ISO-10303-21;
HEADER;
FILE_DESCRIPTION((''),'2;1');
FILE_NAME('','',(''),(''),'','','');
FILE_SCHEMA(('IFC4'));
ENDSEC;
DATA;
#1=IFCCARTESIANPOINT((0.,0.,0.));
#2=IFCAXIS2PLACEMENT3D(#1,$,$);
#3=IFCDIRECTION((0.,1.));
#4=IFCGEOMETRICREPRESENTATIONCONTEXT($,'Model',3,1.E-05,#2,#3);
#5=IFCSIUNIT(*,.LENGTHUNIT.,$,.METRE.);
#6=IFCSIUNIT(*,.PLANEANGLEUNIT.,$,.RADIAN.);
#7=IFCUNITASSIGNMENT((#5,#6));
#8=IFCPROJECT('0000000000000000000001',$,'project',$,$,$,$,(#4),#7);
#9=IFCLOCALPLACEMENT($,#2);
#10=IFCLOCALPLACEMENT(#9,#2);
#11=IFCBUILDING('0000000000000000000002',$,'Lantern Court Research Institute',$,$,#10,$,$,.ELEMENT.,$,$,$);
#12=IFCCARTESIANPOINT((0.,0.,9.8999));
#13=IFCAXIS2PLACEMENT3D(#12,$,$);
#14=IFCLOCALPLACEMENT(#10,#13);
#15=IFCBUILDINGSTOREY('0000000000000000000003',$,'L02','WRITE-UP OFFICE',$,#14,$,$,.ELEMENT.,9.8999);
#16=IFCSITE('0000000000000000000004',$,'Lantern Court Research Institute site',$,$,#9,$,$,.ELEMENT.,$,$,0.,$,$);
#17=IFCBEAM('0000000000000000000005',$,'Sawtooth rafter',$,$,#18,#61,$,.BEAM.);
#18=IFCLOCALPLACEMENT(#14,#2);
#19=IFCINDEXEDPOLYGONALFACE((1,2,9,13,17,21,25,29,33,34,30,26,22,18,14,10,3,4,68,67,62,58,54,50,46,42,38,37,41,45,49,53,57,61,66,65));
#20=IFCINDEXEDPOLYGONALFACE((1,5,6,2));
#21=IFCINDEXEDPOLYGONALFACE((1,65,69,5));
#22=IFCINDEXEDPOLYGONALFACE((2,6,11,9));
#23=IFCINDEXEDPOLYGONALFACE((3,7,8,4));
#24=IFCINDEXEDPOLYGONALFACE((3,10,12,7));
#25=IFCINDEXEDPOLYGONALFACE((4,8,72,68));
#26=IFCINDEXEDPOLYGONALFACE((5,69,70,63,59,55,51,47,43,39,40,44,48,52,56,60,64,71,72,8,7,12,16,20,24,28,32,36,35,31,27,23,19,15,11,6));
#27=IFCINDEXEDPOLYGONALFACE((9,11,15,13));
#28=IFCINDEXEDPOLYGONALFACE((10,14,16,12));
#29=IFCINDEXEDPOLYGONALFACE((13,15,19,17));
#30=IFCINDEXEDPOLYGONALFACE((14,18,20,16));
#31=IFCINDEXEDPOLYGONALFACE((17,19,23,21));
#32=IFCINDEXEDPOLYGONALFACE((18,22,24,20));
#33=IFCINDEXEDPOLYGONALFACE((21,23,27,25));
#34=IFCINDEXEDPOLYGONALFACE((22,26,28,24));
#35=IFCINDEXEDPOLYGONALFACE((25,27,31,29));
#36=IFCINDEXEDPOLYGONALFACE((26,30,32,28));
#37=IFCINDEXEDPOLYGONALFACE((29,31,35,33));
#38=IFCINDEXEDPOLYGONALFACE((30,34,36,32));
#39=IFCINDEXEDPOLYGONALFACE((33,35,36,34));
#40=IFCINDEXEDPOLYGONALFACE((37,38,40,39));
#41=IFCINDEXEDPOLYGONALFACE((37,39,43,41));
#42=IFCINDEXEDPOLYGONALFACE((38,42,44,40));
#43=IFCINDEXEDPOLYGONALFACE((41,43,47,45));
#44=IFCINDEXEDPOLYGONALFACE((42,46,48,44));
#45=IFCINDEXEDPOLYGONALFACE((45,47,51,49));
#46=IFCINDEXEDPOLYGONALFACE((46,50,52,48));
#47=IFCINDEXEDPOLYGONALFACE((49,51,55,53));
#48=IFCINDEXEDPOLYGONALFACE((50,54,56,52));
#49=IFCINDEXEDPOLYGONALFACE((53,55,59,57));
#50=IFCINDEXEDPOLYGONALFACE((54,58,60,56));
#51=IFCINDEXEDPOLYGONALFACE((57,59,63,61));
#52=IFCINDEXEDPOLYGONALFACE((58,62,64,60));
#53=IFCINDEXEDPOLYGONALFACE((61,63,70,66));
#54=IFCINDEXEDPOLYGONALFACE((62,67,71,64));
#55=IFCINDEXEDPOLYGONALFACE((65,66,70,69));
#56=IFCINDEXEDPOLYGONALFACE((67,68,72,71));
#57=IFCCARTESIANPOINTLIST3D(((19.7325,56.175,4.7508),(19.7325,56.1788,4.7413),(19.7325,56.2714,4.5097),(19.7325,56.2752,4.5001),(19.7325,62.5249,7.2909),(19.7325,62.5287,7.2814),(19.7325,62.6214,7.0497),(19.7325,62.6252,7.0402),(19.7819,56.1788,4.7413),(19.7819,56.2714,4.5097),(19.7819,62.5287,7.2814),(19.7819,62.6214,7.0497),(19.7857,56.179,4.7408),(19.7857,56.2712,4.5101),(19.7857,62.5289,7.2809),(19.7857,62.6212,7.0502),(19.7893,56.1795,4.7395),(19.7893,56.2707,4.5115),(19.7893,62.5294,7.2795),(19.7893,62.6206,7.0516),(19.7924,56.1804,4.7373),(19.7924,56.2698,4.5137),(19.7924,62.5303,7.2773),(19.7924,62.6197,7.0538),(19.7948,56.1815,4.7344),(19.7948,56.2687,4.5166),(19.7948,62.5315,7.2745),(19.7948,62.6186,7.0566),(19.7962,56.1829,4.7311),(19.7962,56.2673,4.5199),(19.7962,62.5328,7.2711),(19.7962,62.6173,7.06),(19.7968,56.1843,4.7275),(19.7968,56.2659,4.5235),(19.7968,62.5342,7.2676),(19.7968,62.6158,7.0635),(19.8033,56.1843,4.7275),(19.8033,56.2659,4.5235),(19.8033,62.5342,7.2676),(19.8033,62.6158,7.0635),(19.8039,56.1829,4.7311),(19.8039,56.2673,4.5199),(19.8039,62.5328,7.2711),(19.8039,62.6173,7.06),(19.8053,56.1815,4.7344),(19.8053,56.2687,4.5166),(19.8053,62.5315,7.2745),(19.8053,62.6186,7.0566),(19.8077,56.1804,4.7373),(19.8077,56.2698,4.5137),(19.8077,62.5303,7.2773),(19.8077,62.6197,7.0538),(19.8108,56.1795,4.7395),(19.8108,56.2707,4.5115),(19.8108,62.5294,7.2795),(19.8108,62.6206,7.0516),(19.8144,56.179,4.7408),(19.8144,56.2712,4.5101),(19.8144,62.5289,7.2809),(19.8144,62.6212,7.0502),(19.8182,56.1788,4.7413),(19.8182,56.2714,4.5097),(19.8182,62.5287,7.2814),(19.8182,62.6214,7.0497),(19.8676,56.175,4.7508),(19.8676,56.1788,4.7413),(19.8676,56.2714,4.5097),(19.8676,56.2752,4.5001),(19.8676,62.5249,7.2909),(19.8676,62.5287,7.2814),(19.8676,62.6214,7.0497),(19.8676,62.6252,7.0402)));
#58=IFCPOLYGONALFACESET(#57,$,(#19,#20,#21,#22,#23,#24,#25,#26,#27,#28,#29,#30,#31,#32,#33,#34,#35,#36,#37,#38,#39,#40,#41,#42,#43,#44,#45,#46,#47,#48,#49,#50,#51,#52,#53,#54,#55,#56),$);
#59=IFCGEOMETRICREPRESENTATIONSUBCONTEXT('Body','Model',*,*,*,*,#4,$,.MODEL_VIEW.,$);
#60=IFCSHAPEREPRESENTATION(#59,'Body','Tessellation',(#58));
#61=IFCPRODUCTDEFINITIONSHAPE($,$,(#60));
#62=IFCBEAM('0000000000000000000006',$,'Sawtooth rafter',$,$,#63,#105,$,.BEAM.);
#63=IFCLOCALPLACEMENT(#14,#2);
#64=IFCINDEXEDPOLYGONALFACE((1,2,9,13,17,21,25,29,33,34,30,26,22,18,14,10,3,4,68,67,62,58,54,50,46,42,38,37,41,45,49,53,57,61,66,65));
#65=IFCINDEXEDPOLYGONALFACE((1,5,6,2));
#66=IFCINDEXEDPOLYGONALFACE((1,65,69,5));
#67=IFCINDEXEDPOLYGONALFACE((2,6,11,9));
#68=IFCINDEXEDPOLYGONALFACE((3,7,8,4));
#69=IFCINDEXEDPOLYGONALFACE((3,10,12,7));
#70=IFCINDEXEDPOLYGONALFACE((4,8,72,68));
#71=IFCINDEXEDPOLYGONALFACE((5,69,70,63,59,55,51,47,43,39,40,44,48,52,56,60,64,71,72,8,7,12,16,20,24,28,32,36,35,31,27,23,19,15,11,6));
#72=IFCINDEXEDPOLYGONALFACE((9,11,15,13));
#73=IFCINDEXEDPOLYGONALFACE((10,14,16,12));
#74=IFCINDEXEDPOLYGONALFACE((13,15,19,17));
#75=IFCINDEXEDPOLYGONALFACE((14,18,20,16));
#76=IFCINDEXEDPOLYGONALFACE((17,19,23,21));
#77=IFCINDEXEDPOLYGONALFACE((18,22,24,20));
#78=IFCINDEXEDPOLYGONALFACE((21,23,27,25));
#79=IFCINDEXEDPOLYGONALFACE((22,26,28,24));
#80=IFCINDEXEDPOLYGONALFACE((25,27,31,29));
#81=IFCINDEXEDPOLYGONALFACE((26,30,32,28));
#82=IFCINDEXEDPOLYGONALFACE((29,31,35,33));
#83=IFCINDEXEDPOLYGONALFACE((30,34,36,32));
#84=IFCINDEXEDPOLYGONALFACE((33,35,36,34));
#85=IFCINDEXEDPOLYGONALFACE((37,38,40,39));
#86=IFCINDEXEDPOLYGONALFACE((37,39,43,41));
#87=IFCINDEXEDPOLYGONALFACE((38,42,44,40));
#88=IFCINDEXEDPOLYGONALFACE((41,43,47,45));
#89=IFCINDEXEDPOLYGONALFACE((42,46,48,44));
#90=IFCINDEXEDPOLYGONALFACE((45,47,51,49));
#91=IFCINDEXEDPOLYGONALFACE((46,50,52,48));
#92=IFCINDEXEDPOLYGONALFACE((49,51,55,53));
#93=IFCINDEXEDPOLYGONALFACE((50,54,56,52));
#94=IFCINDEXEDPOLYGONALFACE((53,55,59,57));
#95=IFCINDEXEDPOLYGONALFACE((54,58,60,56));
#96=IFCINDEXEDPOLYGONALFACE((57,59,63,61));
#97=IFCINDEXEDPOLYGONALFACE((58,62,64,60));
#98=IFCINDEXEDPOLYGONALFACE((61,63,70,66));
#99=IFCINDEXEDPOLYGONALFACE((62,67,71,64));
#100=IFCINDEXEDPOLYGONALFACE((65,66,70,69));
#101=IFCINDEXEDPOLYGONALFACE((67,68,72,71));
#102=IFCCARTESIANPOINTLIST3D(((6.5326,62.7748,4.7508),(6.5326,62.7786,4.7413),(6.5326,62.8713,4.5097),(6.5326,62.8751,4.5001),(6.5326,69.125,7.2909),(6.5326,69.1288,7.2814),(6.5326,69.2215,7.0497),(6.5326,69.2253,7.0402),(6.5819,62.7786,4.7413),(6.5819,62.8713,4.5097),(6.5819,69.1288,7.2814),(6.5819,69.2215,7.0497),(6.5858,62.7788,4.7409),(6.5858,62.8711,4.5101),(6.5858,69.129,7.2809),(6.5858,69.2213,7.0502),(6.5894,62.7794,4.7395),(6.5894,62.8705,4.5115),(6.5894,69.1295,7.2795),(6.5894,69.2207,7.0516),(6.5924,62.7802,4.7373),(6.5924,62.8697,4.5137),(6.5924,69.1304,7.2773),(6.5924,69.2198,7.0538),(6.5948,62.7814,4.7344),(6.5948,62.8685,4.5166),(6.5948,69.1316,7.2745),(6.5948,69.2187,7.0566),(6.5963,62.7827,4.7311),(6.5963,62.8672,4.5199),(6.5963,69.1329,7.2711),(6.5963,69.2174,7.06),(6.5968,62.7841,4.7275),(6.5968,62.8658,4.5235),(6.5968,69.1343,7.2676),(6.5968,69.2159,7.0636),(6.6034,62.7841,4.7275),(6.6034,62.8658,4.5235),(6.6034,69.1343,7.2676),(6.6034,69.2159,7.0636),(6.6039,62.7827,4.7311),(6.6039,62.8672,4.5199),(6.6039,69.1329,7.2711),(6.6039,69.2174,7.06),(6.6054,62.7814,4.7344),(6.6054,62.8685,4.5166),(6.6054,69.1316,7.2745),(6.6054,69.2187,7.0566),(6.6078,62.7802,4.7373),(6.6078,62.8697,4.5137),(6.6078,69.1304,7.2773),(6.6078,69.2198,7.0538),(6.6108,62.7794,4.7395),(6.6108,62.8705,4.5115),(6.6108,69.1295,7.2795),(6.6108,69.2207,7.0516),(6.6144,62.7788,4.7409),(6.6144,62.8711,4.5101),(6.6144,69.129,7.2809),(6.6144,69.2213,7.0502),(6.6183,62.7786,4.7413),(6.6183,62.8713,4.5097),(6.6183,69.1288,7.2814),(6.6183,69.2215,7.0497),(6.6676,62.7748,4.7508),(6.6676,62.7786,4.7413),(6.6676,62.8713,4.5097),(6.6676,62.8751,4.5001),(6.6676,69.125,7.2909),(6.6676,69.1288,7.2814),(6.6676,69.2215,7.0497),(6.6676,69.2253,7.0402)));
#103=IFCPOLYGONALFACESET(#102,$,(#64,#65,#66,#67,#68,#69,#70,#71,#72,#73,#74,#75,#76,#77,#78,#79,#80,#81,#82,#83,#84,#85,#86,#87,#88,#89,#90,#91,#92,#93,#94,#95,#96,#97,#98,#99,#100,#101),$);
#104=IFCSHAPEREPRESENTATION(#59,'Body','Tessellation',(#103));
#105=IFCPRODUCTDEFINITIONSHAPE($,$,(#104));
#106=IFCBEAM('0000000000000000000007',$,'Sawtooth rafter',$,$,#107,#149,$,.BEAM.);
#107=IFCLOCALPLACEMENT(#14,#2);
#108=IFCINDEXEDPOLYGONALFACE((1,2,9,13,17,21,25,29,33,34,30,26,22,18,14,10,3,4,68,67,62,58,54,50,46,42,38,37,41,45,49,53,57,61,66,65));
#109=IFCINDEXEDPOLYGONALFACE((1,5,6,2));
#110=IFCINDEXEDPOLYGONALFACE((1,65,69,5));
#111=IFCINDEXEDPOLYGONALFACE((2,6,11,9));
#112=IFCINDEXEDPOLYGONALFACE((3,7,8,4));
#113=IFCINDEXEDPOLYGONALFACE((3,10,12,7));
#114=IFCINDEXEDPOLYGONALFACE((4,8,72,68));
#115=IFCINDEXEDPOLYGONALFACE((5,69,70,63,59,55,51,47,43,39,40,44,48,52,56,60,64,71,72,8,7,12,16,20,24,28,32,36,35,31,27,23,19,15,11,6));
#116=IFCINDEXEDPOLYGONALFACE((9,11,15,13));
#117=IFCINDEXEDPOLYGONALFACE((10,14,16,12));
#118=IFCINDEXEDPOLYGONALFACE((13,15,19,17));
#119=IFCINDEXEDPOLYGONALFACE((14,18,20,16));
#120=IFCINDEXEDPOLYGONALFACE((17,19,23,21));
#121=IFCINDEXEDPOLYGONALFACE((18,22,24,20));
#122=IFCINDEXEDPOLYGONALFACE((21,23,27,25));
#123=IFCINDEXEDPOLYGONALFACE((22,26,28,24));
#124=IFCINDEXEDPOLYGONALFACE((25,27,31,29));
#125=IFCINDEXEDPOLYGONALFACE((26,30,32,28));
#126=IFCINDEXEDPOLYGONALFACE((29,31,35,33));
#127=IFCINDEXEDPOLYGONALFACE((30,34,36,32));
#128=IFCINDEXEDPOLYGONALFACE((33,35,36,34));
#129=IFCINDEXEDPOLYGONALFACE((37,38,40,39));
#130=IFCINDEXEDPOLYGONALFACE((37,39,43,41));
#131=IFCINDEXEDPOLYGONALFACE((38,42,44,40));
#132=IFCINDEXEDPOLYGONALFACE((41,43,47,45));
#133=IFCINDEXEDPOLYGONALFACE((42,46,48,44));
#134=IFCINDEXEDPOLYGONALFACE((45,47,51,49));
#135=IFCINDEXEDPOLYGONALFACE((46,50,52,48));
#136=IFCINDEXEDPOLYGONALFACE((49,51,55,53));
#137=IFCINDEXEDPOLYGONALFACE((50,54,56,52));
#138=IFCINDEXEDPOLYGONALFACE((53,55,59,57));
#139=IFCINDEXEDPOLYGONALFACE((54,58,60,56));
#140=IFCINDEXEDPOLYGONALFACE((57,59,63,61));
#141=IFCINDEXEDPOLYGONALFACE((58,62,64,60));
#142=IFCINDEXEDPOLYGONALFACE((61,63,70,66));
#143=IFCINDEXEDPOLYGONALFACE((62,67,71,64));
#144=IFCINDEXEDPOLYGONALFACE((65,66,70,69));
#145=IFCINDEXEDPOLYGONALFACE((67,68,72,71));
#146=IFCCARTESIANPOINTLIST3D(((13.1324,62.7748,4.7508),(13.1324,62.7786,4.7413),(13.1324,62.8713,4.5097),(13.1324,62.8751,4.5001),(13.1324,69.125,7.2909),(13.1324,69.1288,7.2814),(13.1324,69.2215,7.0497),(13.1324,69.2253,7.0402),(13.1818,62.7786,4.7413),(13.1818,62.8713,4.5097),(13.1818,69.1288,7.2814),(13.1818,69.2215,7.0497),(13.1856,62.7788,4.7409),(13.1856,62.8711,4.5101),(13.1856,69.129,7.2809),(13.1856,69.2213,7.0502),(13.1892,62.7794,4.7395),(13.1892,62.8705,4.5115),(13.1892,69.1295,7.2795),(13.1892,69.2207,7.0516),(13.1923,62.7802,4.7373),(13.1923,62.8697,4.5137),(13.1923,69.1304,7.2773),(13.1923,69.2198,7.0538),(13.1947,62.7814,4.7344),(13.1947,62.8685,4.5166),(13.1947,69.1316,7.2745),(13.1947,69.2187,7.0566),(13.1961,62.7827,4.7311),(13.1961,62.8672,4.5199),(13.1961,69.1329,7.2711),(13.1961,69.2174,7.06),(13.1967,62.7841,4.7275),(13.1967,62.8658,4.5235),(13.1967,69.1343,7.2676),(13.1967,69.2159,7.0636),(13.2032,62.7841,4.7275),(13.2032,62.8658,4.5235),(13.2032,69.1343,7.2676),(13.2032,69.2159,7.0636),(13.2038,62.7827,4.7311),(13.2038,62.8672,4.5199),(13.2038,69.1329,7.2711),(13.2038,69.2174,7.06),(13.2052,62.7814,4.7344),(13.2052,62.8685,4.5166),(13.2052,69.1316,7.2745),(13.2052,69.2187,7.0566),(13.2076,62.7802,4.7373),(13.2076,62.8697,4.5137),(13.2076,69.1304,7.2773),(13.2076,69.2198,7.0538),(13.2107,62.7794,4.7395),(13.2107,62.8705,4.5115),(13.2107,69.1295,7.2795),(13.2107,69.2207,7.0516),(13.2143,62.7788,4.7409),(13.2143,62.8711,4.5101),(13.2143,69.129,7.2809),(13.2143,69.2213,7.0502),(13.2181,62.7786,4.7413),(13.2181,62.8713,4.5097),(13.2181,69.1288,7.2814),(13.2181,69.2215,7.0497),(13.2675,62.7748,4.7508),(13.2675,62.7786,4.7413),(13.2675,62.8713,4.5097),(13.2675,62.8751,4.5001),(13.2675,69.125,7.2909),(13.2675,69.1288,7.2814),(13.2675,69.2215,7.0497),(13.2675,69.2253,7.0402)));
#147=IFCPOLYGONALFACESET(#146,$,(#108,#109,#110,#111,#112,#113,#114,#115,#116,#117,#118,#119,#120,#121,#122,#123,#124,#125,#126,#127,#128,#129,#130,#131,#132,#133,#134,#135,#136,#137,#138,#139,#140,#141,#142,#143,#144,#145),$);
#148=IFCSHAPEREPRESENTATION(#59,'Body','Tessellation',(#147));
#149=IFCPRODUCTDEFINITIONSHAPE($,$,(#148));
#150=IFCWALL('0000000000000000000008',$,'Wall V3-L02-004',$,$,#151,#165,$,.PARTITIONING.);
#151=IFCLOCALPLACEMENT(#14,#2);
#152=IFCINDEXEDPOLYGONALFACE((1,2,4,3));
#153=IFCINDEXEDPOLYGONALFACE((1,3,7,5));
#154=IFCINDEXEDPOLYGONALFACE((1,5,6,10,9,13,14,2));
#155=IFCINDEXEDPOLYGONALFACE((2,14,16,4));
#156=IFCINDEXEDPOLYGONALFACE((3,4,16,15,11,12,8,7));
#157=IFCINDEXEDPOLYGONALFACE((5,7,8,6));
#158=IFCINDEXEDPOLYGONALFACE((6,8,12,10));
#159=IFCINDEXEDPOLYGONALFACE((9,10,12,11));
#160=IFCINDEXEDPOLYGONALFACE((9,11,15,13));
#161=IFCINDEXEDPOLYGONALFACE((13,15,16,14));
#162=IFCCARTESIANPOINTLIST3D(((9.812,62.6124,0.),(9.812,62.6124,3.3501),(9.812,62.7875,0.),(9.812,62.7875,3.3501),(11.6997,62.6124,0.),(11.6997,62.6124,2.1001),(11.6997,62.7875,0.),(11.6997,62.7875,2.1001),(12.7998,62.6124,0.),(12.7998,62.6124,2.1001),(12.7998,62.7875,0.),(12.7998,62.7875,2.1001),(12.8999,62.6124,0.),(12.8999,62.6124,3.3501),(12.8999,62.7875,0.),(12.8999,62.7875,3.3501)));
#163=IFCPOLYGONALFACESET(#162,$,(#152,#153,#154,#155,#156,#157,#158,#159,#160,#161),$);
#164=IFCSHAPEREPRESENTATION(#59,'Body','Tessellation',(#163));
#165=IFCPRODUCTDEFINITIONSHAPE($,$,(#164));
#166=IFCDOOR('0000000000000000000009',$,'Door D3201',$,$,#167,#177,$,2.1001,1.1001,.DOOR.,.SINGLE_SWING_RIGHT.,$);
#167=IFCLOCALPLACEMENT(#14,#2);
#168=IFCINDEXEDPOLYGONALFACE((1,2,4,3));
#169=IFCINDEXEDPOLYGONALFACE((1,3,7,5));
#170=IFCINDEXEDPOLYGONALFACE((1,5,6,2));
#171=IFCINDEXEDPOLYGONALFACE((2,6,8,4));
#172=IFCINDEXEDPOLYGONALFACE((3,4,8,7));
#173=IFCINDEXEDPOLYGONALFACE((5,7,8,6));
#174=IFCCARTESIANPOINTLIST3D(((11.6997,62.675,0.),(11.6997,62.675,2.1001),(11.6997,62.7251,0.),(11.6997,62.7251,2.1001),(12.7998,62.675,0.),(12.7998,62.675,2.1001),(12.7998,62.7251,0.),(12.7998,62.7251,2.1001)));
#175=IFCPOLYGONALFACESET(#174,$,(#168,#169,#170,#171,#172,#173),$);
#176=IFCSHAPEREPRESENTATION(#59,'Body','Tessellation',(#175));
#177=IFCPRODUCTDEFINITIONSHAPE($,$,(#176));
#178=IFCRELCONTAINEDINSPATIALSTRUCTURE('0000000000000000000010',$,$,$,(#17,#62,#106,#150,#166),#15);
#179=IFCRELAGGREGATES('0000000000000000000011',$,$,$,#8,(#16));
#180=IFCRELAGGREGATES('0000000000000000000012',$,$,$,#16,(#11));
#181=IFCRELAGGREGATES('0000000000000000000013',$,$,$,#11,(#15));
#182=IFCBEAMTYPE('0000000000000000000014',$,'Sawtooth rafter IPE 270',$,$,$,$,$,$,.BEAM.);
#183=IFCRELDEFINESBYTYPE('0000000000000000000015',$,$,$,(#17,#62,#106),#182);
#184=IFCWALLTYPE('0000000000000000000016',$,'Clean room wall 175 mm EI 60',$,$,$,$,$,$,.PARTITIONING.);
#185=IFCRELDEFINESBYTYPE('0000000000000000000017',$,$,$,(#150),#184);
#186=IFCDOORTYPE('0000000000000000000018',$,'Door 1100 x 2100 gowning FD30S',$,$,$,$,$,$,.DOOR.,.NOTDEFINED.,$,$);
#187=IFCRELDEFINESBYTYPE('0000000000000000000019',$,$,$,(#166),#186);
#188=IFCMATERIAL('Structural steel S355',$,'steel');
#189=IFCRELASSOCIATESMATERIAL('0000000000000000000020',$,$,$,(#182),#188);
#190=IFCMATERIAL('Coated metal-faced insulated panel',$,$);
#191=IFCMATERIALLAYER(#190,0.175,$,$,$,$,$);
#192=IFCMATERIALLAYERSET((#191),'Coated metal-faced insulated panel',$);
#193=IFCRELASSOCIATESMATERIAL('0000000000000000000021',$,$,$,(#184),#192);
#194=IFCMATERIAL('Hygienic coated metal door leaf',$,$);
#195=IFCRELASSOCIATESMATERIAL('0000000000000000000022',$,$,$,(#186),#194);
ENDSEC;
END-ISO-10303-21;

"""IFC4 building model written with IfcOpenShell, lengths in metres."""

from ifc_helpers import new_model, si_unit, direction, frame, frame_2d, origin, origin_2d, place, context, subcontext, project, spatial, rectangle, i_section, extrude, material, layer, layer_set, material_profile, profile_set, type_object, element, fill, save


model = new_model("IFC4")

# Units and contexts
model_context = context("Model", 3, precision=1e-05, world=origin(), true_north=direction((0.0, 1.0)))
body_context = subcontext(model_context, "Body", "Model", "MODEL_VIEW")
ifc_project = project(units=[si_unit("LENGTHUNIT", "METRE"), si_unit("PLANEANGLEUNIT", "RADIAN")], contexts=[model_context])

# Site, building, storey
site_placement = place(None, origin())
site = spatial("IfcSite", under=ifc_project, at=site_placement, Name="Lantern Court Research Institute site", CompositionType="ELEMENT", RefElevation=0.0)
building_placement = place(site_placement, origin())
building = spatial("IfcBuilding", under=site, at=building_placement, Name="Lantern Court Research Institute", CompositionType="ELEMENT")
storey_placement = place(building_placement, frame((0.0, 0.0, 9.8999)))
storey = spatial("IfcBuildingStorey", under=building, at=storey_placement, Name="L02", Description="WRITE-UP OFFICE", CompositionType="ELEMENT", Elevation=9.8999)

# Beams
ifc_material_1 = material(Name="Structural steel S355", Category="steel")
ifc_material_profile_1 = material_profile(ifc_material_1, i_section(OverallWidth=0.135, OverallDepth=0.27, WebThickness=0.0066, FlangeThickness=0.0103, FilletRadius=0.0149, at=origin_2d()), Name="IPE 270")
ifc_profile_set_1 = profile_set([ifc_material_profile_1], Name="Structural steel S355")
beam_type_1 = type_object("IfcBeamType", Name="Sawtooth rafter IPE 270", PredefinedType="BEAM", material=ifc_profile_set_1)
for number, where, z_axis, x_axis, name in (
    (1, (19.8, 56.2251, 4.6255), (0.0, 0.928472, 0.371403), (-1.0, 0.0, 0.0), "Sawtooth rafter"),
):
    element("IfcBeam", number, at=place(storey_placement, frame(where, z_axis=z_axis, x_axis=x_axis)), inside=storey, type_object=beam_type_1, Name=name, PredefinedType="BEAM", context=body_context, shape_type="SweptSolid", body=[
        extrude(i_section(OverallWidth=0.135, OverallDepth=0.27, WebThickness=0.0066, FlangeThickness=0.0103, FilletRadius=0.0149, at=origin_2d()), origin(), (0.0, 0.0, 1.0), 6.8391),
    ])
for number, where, z_axis, x_axis, name in (
    (2, (6.6001, 62.825, 4.6255), (0.0, 0.928477, 0.371391), (-1.0, 0.0, 0.0), "Sawtooth rafter"),
    (3, (13.2, 62.825, 4.6255), (0.0, 0.928477, 0.371391), (-1.0, 0.0, 0.0), "Sawtooth rafter"),
):
    element("IfcBeam", number, at=place(storey_placement, frame(where, z_axis=z_axis, x_axis=x_axis)), inside=storey, type_object=beam_type_1, Name=name, PredefinedType="BEAM", context=body_context, shape_type="SweptSolid", body=[
        extrude(i_section(OverallWidth=0.135, OverallDepth=0.27, WebThickness=0.0066, FlangeThickness=0.0103, FilletRadius=0.0149, at=origin_2d()), origin(), (0.0, 0.0, 1.0), 6.8394),
    ])

# Wall, opening, door
ifc_material_2 = material(Name="Coated metal-faced insulated panel")
ifc_layer = layer(ifc_material_2, 0.175)
ifc_layer_set = layer_set([ifc_layer], Name="Coated metal-faced insulated panel")
wall_type = type_object("IfcWallType", Name="Clean room wall 175 mm EI 60", PredefinedType="PARTITIONING", material=ifc_layer_set)
wall_1_placement = place(storey_placement, frame((12.8999, 62.7, 0.0), z_axis=(0.0, 0.0, 1.0), x_axis=(-1.0, 0.0, 0.0)))
wall_1 = element("IfcWall", 4, at=wall_1_placement, inside=storey, type_object=wall_type, Name="Wall V3-L02-004", PredefinedType="PARTITIONING", context=body_context, shape_type="SweptSolid", body=[
    extrude(rectangle(XDim=3.0879, YDim=0.175, at=frame_2d((1.5439, 0.0))), origin(), (0.0, 0.0, 1.0), 3.3501),
])
opening_1_placement = place(wall_1_placement, frame((0.1001, 0.0, 0.0)))
opening_1 = element("IfcOpeningElement", 5, at=opening_1_placement, cuts=wall_1, PredefinedType="OPENING", context=body_context, shape_type="SweptSolid", body=[
    extrude(rectangle(XDim=1.1001, YDim=2.1001, at=frame_2d((0.55, 1.05))), frame((0.0, 0.0974, 0.0), z_axis=(0.0, -1.0, 0.0), x_axis=(1.0, 0.0, 0.0)), (0.0, 0.0, 1.0), 0.1951),
])
ifc_material_3 = material(Name="Hygienic coated metal door leaf")
door_type_1 = type_object("IfcDoorType", Name="Door 1100 x 2100 gowning FD30S", OperationType="NOTDEFINED", PredefinedType="DOOR", material=ifc_material_3)
door_1_placement = place(opening_1_placement, origin())
door_1 = element("IfcDoor", 6, at=door_1_placement, inside=storey, type_object=door_type_1, Name="Door D3201", OperationType="SINGLE_SWING_RIGHT", OverallHeight=2.1001, OverallWidth=1.1001, PredefinedType="DOOR", context=body_context, shape_type="SweptSolid", body=[
    extrude(rectangle(XDim=1.1001, YDim=2.1001, at=frame_2d((0.55, 1.05))), frame((0.0, 0.0249, 0.0), z_axis=(0.0, -1.0, 0.0), x_axis=(1.0, 0.0, 0.0)), (0.0, 0.0, 1.0), 0.05),
])
fill(opening_1, door_1)

save(model, "model.ifc")
